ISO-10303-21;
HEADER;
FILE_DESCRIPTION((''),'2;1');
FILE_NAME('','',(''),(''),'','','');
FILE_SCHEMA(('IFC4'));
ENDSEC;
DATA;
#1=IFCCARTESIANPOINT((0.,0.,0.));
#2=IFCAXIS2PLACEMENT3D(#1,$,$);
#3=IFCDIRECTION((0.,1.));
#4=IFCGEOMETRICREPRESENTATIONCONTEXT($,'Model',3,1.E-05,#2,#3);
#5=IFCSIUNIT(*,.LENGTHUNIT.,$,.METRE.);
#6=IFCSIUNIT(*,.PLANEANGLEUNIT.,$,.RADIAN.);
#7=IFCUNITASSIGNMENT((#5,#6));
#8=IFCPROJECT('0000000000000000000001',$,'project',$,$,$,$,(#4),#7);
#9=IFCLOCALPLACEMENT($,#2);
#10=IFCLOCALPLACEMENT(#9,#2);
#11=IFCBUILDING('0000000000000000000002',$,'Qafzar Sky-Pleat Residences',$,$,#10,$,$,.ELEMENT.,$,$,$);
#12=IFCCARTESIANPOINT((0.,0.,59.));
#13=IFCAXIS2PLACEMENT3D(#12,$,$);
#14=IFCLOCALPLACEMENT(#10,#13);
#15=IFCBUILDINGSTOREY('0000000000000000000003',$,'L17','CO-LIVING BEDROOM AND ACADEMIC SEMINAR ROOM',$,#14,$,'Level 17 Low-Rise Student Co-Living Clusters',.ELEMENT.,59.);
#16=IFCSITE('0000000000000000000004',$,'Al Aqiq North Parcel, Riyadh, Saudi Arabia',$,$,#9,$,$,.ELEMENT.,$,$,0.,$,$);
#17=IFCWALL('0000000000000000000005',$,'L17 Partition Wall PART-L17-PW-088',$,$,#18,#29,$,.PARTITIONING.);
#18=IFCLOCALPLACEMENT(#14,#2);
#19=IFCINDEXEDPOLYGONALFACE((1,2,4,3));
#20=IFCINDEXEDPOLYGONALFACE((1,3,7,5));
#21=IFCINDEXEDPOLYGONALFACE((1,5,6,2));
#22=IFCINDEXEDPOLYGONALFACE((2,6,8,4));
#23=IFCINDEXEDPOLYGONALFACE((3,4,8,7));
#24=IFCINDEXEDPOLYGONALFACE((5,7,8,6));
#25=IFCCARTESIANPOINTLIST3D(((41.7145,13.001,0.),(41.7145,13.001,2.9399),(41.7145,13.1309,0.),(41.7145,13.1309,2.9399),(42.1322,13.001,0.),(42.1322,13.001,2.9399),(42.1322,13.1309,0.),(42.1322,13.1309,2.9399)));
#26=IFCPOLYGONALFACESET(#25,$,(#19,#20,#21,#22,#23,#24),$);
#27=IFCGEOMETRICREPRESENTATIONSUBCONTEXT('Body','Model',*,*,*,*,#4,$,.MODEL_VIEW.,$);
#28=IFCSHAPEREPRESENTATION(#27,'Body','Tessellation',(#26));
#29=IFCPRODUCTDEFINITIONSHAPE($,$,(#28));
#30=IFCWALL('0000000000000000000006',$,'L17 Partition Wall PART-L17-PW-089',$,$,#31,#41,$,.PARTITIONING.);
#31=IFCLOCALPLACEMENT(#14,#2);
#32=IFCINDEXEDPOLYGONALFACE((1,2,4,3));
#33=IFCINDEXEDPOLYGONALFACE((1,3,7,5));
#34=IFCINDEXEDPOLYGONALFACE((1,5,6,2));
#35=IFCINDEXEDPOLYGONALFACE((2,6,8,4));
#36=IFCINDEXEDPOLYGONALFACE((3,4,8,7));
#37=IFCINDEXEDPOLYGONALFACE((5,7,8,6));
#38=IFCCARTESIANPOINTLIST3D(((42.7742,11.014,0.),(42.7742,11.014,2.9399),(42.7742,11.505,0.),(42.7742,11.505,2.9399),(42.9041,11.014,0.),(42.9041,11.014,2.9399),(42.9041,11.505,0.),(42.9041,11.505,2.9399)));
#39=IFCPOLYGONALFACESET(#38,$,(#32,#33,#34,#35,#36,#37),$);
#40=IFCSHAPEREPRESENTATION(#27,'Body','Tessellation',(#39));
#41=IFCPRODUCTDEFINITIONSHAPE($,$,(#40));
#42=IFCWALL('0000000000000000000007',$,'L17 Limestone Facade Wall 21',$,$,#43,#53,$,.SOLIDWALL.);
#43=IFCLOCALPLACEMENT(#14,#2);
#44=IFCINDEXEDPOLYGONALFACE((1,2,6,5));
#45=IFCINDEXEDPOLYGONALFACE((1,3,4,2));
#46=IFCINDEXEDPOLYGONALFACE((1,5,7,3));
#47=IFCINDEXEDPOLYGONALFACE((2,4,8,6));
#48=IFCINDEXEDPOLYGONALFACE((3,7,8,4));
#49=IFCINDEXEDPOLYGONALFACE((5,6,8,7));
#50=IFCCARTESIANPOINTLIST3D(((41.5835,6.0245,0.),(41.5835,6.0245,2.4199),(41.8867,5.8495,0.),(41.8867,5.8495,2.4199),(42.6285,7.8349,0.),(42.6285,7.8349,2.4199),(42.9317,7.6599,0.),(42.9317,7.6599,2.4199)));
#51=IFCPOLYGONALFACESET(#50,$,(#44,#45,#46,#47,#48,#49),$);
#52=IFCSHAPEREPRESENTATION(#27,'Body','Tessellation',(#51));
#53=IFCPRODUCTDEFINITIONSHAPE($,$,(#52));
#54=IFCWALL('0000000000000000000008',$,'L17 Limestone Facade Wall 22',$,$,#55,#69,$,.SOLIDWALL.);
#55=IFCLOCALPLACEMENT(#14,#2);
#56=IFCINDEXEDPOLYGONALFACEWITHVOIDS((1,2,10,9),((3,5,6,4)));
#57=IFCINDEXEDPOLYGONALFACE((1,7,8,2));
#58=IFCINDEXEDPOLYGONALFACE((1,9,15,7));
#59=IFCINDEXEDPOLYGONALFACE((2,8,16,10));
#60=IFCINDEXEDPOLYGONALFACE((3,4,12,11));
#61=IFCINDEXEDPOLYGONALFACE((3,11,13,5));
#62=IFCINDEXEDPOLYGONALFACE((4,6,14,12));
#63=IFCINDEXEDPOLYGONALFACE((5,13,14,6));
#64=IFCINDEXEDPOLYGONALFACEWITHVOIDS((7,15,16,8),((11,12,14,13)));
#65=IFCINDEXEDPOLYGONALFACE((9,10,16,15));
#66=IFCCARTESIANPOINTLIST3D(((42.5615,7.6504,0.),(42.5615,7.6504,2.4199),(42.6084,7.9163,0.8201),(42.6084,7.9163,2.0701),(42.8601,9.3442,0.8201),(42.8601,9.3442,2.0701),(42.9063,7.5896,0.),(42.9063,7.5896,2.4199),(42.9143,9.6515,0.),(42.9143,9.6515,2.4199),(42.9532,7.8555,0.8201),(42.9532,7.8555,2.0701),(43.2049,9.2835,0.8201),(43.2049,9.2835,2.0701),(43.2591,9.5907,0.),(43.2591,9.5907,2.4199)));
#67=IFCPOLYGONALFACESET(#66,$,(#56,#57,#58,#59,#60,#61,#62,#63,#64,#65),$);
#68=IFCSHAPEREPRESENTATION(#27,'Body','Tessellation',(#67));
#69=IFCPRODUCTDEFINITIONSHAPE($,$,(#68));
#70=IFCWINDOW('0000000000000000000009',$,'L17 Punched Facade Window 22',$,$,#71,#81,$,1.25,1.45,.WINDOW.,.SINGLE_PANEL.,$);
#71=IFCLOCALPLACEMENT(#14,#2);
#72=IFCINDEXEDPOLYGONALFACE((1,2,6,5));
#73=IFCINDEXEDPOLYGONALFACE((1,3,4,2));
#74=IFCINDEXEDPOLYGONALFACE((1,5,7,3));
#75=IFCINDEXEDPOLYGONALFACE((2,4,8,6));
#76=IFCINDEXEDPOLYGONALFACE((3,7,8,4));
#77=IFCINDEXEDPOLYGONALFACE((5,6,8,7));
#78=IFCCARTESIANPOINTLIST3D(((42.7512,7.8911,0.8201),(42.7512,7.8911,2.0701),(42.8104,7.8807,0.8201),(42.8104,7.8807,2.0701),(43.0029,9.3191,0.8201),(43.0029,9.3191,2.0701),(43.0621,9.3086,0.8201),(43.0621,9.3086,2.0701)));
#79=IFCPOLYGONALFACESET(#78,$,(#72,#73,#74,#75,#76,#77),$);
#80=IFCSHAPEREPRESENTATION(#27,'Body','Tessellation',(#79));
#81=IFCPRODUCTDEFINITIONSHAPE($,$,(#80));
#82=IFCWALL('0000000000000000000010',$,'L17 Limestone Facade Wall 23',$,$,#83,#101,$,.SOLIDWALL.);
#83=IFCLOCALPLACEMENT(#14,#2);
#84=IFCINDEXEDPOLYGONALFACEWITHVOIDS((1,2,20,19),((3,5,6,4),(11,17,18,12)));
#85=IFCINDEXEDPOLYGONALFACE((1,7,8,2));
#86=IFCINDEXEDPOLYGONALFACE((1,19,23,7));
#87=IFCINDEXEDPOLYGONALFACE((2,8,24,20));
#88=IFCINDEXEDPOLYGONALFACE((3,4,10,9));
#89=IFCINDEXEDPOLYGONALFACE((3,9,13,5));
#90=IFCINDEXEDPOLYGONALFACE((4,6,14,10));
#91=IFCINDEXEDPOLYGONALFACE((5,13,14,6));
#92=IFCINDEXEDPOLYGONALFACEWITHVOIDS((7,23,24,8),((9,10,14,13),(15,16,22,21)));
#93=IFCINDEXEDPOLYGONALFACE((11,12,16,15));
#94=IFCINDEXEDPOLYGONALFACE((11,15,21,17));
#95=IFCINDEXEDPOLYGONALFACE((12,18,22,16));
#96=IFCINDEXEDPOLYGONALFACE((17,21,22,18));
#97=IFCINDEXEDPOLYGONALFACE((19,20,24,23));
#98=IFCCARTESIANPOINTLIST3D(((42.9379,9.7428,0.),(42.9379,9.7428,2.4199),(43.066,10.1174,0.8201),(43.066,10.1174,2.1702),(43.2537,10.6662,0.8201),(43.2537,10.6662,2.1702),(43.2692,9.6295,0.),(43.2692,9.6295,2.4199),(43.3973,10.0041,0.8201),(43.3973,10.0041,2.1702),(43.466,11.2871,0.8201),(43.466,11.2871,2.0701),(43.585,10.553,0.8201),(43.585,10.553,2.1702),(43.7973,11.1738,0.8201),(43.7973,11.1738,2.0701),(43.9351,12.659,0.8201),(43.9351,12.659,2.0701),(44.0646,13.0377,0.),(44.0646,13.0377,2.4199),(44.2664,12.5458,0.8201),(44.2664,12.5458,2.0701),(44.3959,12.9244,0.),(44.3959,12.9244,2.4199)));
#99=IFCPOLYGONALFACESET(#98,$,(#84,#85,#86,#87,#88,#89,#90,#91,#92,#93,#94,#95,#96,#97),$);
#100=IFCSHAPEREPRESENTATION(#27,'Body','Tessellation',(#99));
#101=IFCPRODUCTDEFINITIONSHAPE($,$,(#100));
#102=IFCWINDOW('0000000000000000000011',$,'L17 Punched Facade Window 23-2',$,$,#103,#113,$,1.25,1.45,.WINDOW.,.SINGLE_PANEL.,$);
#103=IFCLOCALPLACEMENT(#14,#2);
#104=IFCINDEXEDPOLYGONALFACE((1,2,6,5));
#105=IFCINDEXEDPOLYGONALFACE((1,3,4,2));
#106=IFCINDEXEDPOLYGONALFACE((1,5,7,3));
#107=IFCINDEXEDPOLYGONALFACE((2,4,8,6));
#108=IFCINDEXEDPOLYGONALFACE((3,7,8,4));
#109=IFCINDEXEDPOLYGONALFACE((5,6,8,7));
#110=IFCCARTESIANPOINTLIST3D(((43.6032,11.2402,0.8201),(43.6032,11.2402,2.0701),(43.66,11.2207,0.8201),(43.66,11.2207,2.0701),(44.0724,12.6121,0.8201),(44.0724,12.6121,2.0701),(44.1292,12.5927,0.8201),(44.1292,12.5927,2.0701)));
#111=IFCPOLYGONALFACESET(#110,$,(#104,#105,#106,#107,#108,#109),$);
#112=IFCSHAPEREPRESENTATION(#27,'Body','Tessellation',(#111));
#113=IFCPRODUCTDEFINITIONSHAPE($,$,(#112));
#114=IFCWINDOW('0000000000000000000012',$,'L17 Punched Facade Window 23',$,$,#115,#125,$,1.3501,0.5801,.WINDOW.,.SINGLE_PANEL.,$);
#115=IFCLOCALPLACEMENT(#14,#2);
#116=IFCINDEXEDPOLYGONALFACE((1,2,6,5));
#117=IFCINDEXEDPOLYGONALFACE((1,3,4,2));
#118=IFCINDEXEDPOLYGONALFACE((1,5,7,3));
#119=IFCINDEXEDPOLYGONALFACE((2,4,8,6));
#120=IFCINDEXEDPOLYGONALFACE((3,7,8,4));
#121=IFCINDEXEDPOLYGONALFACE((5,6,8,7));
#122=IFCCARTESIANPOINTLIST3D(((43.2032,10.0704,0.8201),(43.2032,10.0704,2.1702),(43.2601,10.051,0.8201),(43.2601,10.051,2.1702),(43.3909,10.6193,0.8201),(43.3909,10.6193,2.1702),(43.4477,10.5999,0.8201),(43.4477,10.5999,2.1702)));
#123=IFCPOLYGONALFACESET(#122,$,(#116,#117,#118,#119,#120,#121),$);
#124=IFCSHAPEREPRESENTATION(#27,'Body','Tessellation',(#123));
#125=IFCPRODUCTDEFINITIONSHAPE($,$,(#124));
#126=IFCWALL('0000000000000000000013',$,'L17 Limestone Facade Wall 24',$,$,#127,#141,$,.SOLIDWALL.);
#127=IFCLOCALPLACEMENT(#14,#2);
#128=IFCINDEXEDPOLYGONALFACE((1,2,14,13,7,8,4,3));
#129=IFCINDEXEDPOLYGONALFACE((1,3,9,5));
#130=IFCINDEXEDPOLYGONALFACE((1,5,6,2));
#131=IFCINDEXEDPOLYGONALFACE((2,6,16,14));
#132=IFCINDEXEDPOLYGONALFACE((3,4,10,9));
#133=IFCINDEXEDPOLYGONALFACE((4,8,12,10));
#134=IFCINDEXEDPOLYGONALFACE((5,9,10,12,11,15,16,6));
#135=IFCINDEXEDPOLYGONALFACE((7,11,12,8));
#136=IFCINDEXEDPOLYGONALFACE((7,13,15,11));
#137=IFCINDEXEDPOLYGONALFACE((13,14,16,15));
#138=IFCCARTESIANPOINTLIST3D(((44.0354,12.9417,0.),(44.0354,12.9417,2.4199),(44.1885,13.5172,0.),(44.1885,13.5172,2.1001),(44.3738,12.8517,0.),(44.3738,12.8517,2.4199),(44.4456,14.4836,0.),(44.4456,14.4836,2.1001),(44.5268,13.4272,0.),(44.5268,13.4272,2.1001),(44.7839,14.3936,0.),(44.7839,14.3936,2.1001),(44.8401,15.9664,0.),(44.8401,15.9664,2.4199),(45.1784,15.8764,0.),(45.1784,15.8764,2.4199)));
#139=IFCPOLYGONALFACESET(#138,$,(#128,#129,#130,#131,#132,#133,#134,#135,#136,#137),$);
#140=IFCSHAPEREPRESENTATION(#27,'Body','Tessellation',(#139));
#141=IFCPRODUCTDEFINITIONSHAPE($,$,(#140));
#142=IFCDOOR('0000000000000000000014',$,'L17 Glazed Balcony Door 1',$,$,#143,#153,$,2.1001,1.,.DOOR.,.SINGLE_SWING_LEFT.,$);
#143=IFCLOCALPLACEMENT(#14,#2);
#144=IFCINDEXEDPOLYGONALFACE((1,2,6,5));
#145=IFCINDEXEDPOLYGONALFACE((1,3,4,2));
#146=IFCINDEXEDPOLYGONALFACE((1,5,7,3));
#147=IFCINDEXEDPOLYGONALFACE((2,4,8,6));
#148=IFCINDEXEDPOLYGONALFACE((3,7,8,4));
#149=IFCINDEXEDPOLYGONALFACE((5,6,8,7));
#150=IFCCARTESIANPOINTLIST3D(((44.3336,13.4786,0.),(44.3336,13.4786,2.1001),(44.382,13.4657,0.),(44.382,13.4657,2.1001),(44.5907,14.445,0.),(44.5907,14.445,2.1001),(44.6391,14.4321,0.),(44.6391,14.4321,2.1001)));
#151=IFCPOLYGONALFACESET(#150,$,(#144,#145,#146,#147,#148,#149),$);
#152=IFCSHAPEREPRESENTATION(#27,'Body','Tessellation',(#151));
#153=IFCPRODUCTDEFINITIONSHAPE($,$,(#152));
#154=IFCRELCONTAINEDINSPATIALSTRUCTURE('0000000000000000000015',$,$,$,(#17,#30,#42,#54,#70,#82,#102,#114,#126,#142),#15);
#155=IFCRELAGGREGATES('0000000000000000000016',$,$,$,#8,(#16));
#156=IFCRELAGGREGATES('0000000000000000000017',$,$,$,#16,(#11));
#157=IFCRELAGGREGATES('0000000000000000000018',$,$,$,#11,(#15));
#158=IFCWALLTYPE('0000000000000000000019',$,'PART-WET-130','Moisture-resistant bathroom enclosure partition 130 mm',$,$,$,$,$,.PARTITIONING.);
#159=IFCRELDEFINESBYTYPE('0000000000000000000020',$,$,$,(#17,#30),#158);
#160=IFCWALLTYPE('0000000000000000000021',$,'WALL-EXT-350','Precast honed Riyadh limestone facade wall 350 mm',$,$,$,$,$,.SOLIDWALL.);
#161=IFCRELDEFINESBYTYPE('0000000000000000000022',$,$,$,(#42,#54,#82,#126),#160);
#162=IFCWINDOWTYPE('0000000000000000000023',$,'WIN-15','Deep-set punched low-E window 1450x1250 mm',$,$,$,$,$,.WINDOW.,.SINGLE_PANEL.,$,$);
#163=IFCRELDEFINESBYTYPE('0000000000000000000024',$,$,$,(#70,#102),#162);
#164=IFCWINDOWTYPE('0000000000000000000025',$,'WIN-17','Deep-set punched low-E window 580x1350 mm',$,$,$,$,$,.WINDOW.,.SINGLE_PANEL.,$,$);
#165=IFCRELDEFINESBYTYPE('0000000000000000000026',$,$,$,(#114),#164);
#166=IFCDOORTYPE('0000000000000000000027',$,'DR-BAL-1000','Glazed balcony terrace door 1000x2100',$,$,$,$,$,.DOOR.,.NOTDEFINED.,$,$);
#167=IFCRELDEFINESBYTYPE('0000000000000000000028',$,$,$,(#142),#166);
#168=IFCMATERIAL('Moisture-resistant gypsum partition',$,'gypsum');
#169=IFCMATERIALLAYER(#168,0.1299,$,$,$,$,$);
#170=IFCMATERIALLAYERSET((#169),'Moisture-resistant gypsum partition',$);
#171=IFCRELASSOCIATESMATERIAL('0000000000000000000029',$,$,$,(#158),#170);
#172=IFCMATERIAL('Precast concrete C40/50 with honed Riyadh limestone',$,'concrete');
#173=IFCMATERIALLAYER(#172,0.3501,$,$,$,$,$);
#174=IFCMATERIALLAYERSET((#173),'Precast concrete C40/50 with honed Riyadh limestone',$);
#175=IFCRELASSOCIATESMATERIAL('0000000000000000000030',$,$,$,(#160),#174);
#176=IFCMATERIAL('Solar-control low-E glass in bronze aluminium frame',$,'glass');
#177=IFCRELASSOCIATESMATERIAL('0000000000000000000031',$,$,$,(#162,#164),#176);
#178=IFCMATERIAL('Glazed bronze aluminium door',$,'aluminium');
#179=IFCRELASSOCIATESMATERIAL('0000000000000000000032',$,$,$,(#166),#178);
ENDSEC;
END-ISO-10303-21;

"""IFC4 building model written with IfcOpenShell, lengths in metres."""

from ifc_helpers import new_model, si_unit, direction, frame, frame_2d, origin, place, context, subcontext, project, spatial, rectangle, extrude, source, transform, mapped, material, layer, layer_set, type_object, element, fill, save


model = new_model("IFC4")

# Units and contexts
model_context = context("Model", 3, precision=1e-05, world=origin(), true_north=direction((0.0, 1.0)))
body_context = subcontext(model_context, "Body", "Model", "MODEL_VIEW")
ifc_project = project(units=[si_unit("LENGTHUNIT", "METRE"), si_unit("PLANEANGLEUNIT", "RADIAN")], contexts=[model_context])

# Site, building, storey
site_placement = place(None, origin())
site = spatial("IfcSite", under=ifc_project, at=site_placement, Name="Al Aqiq North Parcel, Riyadh, Saudi Arabia", CompositionType="ELEMENT", RefElevation=0.0)
building_placement = place(site_placement, origin())
building = spatial("IfcBuilding", under=site, at=building_placement, Name="Qafzar Sky-Pleat Residences", CompositionType="ELEMENT")
storey_placement = place(building_placement, frame((0.0, 0.0, 59.0)))
storey = spatial("IfcBuildingStorey", under=building, at=storey_placement, Name="L17", Description="CO-LIVING BEDROOM AND ACADEMIC SEMINAR ROOM", LongName="Level 17 Low-Rise Student Co-Living Clusters", CompositionType="ELEMENT", Elevation=59.0)

# Shared definitions
ifc_material_1 = material(Name="Moisture-resistant gypsum partition", Category="gypsum")
ifc_layer_1 = layer(ifc_material_1, 0.1299)
ifc_layer_set_1 = layer_set([ifc_layer_1], Name="Moisture-resistant gypsum partition")
wall_type_1 = type_object("IfcWallType", Name="PART-WET-130", Description="Moisture-resistant bathroom enclosure partition 130 mm", PredefinedType="PARTITIONING", material=ifc_layer_set_1)

# Walls
wall_1_placement = place(storey_placement, frame((41.7144, 13.0659, 0.0), z_axis=(0.0, 0.0, 1.0), x_axis=(1.0, 0.0, 0.0)))
element("IfcWall", 1, at=wall_1_placement, inside=storey, type_object=wall_type_1, Name="L17 Partition Wall PART-L17-PW-088", PredefinedType="PARTITIONING", context=body_context, shape_type="SweptSolid", body=[
    extrude(rectangle(XDim=0.4177, YDim=0.1299, at=frame_2d((0.209, 0.0))), origin(), (0.0, 0.0, 1.0), 2.9399),
])
wall_2_placement = place(storey_placement, frame((42.8391, 11.0139, 0.0), z_axis=(0.0, 0.0, 1.0), x_axis=(0.0, 1.0, 0.0)))
element("IfcWall", 2, at=wall_2_placement, inside=storey, type_object=wall_type_1, Name="L17 Partition Wall PART-L17-PW-089", PredefinedType="PARTITIONING", context=body_context, shape_type="SweptSolid", body=[
    extrude(rectangle(XDim=0.491, YDim=0.1299, at=frame_2d((0.2456, 0.0))), origin(), (0.0, 0.0, 1.0), 2.9399),
])
ifc_material_2 = material(Name="Precast concrete C40/50 with honed Riyadh limestone", Category="concrete")
ifc_layer_2 = layer(ifc_material_2, 0.3501)
ifc_layer_set_2 = layer_set([ifc_layer_2], Name="Precast concrete C40/50 with honed Riyadh limestone")
wall_type_2 = type_object("IfcWallType", Name="WALL-EXT-350", Description="Precast honed Riyadh limestone facade wall 350 mm", PredefinedType="SOLIDWALL", material=ifc_layer_set_2)
wall_3_placement = place(storey_placement, frame((41.7351, 5.937, 0.0), z_axis=(0.0, 0.0, 1.0), x_axis=(0.499908, 0.866079, 0.0)))
element("IfcWall", 3, at=wall_3_placement, inside=storey, type_object=wall_type_2, Name="L17 Limestone Facade Wall 21", PredefinedType="SOLIDWALL", context=body_context, shape_type="SweptSolid", body=[
    extrude(rectangle(XDim=2.0903, YDim=0.3501, at=frame_2d((1.0452, 0.0))), origin(), (0.0, 0.0, 1.0), 2.4199),
])

# Wall, opening, window
wall_4_placement = place(storey_placement, frame((42.7339, 7.6199, 0.0), z_axis=(0.0, 0.0, 1.0), x_axis=(0.173607, 0.984815, 0.0)))
wall_4 = element("IfcWall", 4, at=wall_4_placement, inside=storey, type_object=wall_type_2, Name="L17 Limestone Facade Wall 22", PredefinedType="SOLIDWALL", context=body_context, shape_type="SweptSolid", body=[
    extrude(rectangle(XDim=2.032, YDim=0.3501, at=frame_2d((1.0161, 0.0))), origin(), (0.0, 0.0, 1.0), 2.4199),
])
opening_1_placement = place(wall_4_placement, frame((0.27, 0.0, 0.8201)))
opening_1 = element("IfcOpeningElement", 5, at=opening_1_placement, cuts=wall_4, PredefinedType="OPENING", context=body_context, shape_type="SweptSolid", body=[
    extrude(rectangle(XDim=1.45, YDim=1.25, at=frame_2d((0.7251, 0.625))), frame((0.0, 0.1851, 0.0), z_axis=(0.0, -1.0, 0.0), x_axis=(1.0, 0.0, 0.0)), (0.0, 0.0, 1.0), 0.3701),
])
ifc_material_3 = material(Name="Solar-control low-E glass in bronze aluminium frame", Category="glass")
window_type_1 = type_object("IfcWindowType", Name="WIN-15", Description="Deep-set punched low-E window 1450x1250 mm", PartitioningType="SINGLE_PANEL", PredefinedType="WINDOW", material=ifc_material_3)
shared_shape_1 = source(origin(), body_context, "Body", "SweptSolid", [
    extrude(rectangle(XDim=1.45, YDim=1.25, at=frame_2d((0.7251, 0.625))), frame((0.0, 0.03, 0.0), z_axis=(0.0, -1.0, 0.0), x_axis=(1.0, 0.0, 0.0)), (0.0, 0.0, 1.0), 0.0601),
])
window_1_placement = place(opening_1_placement, origin())
window_1 = element("IfcWindow", 6, at=window_1_placement, inside=storey, type_object=window_type_1, Name="L17 Punched Facade Window 22", OverallHeight=1.25, OverallWidth=1.45, PartitioningType="SINGLE_PANEL", PredefinedType="WINDOW", context=body_context, shape_type="MappedRepresentation", body=[
    mapped(shared_shape_1, transform((0.0, 0.0, 0.0), x_axis=(1.0, 0.0, 0.0), y_axis=(0.0, 1.0, 0.0), z_axis=(0.0, 0.0, 1.0), scale=1.0)),
])
fill(opening_1, window_1)

# Wall, openings, windows
wall_5_placement = place(storey_placement, frame((43.1035, 9.686, 0.0), z_axis=(0.0, 0.0, 1.0), x_axis=(0.323559, 0.946208, 0.0)))
wall_5 = element("IfcWall", 7, at=wall_5_placement, inside=storey, type_object=wall_type_2, Name="L17 Limestone Facade Wall 23", PredefinedType="SOLIDWALL", context=body_context, shape_type="SweptSolid", body=[
    extrude(rectangle(XDim=3.4822, YDim=0.3501, at=frame_2d((1.7412, 0.0))), origin(), (0.0, 0.0, 1.0), 2.4199),
])
opening_2_placement = place(wall_5_placement, frame((0.396, 0.0, 0.8201)))
opening_2 = element("IfcOpeningElement", 8, at=opening_2_placement, cuts=wall_5, PredefinedType="OPENING", context=body_context, shape_type="SweptSolid", body=[
    extrude(rectangle(XDim=0.5801, YDim=1.3501, at=frame_2d((0.29, 0.675))), frame((0.0, 0.1851, 0.0), z_axis=(0.0, -1.0, 0.0), x_axis=(1.0, 0.0, 0.0)), (0.0, 0.0, 1.0), 0.3701),
])
opening_3_placement = place(wall_5_placement, frame((1.6321, 0.0, 0.8201)))
opening_3 = element("IfcOpeningElement", 9, at=opening_3_placement, cuts=wall_5, PredefinedType="OPENING", context=body_context, shape_type="SweptSolid", body=[
    extrude(rectangle(XDim=1.45, YDim=1.25, at=frame_2d((0.7251, 0.625))), frame((0.0, 0.1851, 0.0), z_axis=(0.0, -1.0, 0.0), x_axis=(1.0, 0.0, 0.0)), (0.0, 0.0, 1.0), 0.3701),
])
window_2_placement = place(opening_3_placement, origin())
window_2 = element("IfcWindow", 10, at=window_2_placement, inside=storey, type_object=window_type_1, Name="L17 Punched Facade Window 23-2", OverallHeight=1.25, OverallWidth=1.45, PartitioningType="SINGLE_PANEL", PredefinedType="WINDOW", context=body_context, shape_type="MappedRepresentation", body=[
    mapped(shared_shape_1, transform((0.0, 0.0, 0.0), x_axis=(1.0, 0.0, 0.0), y_axis=(0.0, 1.0, 0.0), z_axis=(0.0, 0.0, 1.0), scale=1.0)),
])
fill(opening_3, window_2)
window_type_2 = type_object("IfcWindowType", Name="WIN-17", Description="Deep-set punched low-E window 580x1350 mm", PartitioningType="SINGLE_PANEL", PredefinedType="WINDOW", material=ifc_material_3)
shared_shape_2 = source(origin(), body_context, "Body", "SweptSolid", [
    extrude(rectangle(XDim=0.5801, YDim=1.3501, at=frame_2d((0.29, 0.675))), frame((0.0, 0.03, 0.0), z_axis=(0.0, -1.0, 0.0), x_axis=(1.0, 0.0, 0.0)), (0.0, 0.0, 1.0), 0.0601),
])
window_3_placement = place(opening_2_placement, origin())
window_3 = element("IfcWindow", 11, at=window_3_placement, inside=storey, type_object=window_type_2, Name="L17 Punched Facade Window 23", OverallHeight=1.3501, OverallWidth=0.5801, PartitioningType="SINGLE_PANEL", PredefinedType="WINDOW", context=body_context, shape_type="MappedRepresentation", body=[
    mapped(shared_shape_2, transform((0.0, 0.0, 0.0), x_axis=(1.0, 0.0, 0.0), y_axis=(0.0, 1.0, 0.0), z_axis=(0.0, 0.0, 1.0), scale=1.0)),
])
fill(opening_2, window_3)

# Wall, opening, door
wall_6_placement = place(storey_placement, frame((44.2046, 12.8967, 0.0), z_axis=(0.0, 0.0, 1.0), x_axis=(0.257099, 0.966385, 0.0)))
wall_6 = element("IfcWall", 12, at=wall_6_placement, inside=storey, type_object=wall_type_2, Name="L17 Limestone Facade Wall 24", PredefinedType="SOLIDWALL", context=body_context, shape_type="SweptSolid", body=[
    extrude(rectangle(XDim=3.1299, YDim=0.3501, at=frame_2d((1.5649, 0.0))), origin(), (0.0, 0.0, 1.0), 2.4199),
])
opening_4_placement = place(wall_6_placement, frame((0.5955, 0.0, 0.0)))
opening_4 = element("IfcOpeningElement", 13, at=opening_4_placement, cuts=wall_6, PredefinedType="OPENING", context=body_context, shape_type="SweptSolid", body=[
    extrude(rectangle(XDim=1.0, YDim=2.1001, at=frame_2d((0.5, 1.05))), frame((0.0, 0.1851, 0.0), z_axis=(0.0, -1.0, 0.0), x_axis=(1.0, 0.0, 0.0)), (0.0, 0.0, 1.0), 0.3701),
])
ifc_material_4 = material(Name="Glazed bronze aluminium door", Category="aluminium")
door_type_1 = type_object("IfcDoorType", Name="DR-BAL-1000", Description="Glazed balcony terrace door 1000x2100", OperationType="NOTDEFINED", PredefinedType="DOOR", material=ifc_material_4)
shared_shape_3 = source(origin(), body_context, "Body", "SweptSolid", [
    extrude(rectangle(XDim=1.0, YDim=2.1001, at=frame_2d((0.5, 1.05))), frame((0.0, 0.0249, 0.0), z_axis=(0.0, -1.0, 0.0), x_axis=(1.0, 0.0, 0.0)), (0.0, 0.0, 1.0), 0.05),
])
door_1_placement = place(opening_4_placement, origin())
door_1 = element("IfcDoor", 14, at=door_1_placement, inside=storey, type_object=door_type_1, Name="L17 Glazed Balcony Door 1", OperationType="SINGLE_SWING_LEFT", OverallHeight=2.1001, OverallWidth=1.0, PredefinedType="DOOR", context=body_context, shape_type="MappedRepresentation", body=[
    mapped(shared_shape_3, transform((0.0, 0.0, 0.0), x_axis=(1.0, 0.0, 0.0), y_axis=(0.0, 1.0, 0.0), z_axis=(0.0, 0.0, 1.0), scale=1.0)),
])
fill(opening_4, door_1)

save(model, "model.ifc")
